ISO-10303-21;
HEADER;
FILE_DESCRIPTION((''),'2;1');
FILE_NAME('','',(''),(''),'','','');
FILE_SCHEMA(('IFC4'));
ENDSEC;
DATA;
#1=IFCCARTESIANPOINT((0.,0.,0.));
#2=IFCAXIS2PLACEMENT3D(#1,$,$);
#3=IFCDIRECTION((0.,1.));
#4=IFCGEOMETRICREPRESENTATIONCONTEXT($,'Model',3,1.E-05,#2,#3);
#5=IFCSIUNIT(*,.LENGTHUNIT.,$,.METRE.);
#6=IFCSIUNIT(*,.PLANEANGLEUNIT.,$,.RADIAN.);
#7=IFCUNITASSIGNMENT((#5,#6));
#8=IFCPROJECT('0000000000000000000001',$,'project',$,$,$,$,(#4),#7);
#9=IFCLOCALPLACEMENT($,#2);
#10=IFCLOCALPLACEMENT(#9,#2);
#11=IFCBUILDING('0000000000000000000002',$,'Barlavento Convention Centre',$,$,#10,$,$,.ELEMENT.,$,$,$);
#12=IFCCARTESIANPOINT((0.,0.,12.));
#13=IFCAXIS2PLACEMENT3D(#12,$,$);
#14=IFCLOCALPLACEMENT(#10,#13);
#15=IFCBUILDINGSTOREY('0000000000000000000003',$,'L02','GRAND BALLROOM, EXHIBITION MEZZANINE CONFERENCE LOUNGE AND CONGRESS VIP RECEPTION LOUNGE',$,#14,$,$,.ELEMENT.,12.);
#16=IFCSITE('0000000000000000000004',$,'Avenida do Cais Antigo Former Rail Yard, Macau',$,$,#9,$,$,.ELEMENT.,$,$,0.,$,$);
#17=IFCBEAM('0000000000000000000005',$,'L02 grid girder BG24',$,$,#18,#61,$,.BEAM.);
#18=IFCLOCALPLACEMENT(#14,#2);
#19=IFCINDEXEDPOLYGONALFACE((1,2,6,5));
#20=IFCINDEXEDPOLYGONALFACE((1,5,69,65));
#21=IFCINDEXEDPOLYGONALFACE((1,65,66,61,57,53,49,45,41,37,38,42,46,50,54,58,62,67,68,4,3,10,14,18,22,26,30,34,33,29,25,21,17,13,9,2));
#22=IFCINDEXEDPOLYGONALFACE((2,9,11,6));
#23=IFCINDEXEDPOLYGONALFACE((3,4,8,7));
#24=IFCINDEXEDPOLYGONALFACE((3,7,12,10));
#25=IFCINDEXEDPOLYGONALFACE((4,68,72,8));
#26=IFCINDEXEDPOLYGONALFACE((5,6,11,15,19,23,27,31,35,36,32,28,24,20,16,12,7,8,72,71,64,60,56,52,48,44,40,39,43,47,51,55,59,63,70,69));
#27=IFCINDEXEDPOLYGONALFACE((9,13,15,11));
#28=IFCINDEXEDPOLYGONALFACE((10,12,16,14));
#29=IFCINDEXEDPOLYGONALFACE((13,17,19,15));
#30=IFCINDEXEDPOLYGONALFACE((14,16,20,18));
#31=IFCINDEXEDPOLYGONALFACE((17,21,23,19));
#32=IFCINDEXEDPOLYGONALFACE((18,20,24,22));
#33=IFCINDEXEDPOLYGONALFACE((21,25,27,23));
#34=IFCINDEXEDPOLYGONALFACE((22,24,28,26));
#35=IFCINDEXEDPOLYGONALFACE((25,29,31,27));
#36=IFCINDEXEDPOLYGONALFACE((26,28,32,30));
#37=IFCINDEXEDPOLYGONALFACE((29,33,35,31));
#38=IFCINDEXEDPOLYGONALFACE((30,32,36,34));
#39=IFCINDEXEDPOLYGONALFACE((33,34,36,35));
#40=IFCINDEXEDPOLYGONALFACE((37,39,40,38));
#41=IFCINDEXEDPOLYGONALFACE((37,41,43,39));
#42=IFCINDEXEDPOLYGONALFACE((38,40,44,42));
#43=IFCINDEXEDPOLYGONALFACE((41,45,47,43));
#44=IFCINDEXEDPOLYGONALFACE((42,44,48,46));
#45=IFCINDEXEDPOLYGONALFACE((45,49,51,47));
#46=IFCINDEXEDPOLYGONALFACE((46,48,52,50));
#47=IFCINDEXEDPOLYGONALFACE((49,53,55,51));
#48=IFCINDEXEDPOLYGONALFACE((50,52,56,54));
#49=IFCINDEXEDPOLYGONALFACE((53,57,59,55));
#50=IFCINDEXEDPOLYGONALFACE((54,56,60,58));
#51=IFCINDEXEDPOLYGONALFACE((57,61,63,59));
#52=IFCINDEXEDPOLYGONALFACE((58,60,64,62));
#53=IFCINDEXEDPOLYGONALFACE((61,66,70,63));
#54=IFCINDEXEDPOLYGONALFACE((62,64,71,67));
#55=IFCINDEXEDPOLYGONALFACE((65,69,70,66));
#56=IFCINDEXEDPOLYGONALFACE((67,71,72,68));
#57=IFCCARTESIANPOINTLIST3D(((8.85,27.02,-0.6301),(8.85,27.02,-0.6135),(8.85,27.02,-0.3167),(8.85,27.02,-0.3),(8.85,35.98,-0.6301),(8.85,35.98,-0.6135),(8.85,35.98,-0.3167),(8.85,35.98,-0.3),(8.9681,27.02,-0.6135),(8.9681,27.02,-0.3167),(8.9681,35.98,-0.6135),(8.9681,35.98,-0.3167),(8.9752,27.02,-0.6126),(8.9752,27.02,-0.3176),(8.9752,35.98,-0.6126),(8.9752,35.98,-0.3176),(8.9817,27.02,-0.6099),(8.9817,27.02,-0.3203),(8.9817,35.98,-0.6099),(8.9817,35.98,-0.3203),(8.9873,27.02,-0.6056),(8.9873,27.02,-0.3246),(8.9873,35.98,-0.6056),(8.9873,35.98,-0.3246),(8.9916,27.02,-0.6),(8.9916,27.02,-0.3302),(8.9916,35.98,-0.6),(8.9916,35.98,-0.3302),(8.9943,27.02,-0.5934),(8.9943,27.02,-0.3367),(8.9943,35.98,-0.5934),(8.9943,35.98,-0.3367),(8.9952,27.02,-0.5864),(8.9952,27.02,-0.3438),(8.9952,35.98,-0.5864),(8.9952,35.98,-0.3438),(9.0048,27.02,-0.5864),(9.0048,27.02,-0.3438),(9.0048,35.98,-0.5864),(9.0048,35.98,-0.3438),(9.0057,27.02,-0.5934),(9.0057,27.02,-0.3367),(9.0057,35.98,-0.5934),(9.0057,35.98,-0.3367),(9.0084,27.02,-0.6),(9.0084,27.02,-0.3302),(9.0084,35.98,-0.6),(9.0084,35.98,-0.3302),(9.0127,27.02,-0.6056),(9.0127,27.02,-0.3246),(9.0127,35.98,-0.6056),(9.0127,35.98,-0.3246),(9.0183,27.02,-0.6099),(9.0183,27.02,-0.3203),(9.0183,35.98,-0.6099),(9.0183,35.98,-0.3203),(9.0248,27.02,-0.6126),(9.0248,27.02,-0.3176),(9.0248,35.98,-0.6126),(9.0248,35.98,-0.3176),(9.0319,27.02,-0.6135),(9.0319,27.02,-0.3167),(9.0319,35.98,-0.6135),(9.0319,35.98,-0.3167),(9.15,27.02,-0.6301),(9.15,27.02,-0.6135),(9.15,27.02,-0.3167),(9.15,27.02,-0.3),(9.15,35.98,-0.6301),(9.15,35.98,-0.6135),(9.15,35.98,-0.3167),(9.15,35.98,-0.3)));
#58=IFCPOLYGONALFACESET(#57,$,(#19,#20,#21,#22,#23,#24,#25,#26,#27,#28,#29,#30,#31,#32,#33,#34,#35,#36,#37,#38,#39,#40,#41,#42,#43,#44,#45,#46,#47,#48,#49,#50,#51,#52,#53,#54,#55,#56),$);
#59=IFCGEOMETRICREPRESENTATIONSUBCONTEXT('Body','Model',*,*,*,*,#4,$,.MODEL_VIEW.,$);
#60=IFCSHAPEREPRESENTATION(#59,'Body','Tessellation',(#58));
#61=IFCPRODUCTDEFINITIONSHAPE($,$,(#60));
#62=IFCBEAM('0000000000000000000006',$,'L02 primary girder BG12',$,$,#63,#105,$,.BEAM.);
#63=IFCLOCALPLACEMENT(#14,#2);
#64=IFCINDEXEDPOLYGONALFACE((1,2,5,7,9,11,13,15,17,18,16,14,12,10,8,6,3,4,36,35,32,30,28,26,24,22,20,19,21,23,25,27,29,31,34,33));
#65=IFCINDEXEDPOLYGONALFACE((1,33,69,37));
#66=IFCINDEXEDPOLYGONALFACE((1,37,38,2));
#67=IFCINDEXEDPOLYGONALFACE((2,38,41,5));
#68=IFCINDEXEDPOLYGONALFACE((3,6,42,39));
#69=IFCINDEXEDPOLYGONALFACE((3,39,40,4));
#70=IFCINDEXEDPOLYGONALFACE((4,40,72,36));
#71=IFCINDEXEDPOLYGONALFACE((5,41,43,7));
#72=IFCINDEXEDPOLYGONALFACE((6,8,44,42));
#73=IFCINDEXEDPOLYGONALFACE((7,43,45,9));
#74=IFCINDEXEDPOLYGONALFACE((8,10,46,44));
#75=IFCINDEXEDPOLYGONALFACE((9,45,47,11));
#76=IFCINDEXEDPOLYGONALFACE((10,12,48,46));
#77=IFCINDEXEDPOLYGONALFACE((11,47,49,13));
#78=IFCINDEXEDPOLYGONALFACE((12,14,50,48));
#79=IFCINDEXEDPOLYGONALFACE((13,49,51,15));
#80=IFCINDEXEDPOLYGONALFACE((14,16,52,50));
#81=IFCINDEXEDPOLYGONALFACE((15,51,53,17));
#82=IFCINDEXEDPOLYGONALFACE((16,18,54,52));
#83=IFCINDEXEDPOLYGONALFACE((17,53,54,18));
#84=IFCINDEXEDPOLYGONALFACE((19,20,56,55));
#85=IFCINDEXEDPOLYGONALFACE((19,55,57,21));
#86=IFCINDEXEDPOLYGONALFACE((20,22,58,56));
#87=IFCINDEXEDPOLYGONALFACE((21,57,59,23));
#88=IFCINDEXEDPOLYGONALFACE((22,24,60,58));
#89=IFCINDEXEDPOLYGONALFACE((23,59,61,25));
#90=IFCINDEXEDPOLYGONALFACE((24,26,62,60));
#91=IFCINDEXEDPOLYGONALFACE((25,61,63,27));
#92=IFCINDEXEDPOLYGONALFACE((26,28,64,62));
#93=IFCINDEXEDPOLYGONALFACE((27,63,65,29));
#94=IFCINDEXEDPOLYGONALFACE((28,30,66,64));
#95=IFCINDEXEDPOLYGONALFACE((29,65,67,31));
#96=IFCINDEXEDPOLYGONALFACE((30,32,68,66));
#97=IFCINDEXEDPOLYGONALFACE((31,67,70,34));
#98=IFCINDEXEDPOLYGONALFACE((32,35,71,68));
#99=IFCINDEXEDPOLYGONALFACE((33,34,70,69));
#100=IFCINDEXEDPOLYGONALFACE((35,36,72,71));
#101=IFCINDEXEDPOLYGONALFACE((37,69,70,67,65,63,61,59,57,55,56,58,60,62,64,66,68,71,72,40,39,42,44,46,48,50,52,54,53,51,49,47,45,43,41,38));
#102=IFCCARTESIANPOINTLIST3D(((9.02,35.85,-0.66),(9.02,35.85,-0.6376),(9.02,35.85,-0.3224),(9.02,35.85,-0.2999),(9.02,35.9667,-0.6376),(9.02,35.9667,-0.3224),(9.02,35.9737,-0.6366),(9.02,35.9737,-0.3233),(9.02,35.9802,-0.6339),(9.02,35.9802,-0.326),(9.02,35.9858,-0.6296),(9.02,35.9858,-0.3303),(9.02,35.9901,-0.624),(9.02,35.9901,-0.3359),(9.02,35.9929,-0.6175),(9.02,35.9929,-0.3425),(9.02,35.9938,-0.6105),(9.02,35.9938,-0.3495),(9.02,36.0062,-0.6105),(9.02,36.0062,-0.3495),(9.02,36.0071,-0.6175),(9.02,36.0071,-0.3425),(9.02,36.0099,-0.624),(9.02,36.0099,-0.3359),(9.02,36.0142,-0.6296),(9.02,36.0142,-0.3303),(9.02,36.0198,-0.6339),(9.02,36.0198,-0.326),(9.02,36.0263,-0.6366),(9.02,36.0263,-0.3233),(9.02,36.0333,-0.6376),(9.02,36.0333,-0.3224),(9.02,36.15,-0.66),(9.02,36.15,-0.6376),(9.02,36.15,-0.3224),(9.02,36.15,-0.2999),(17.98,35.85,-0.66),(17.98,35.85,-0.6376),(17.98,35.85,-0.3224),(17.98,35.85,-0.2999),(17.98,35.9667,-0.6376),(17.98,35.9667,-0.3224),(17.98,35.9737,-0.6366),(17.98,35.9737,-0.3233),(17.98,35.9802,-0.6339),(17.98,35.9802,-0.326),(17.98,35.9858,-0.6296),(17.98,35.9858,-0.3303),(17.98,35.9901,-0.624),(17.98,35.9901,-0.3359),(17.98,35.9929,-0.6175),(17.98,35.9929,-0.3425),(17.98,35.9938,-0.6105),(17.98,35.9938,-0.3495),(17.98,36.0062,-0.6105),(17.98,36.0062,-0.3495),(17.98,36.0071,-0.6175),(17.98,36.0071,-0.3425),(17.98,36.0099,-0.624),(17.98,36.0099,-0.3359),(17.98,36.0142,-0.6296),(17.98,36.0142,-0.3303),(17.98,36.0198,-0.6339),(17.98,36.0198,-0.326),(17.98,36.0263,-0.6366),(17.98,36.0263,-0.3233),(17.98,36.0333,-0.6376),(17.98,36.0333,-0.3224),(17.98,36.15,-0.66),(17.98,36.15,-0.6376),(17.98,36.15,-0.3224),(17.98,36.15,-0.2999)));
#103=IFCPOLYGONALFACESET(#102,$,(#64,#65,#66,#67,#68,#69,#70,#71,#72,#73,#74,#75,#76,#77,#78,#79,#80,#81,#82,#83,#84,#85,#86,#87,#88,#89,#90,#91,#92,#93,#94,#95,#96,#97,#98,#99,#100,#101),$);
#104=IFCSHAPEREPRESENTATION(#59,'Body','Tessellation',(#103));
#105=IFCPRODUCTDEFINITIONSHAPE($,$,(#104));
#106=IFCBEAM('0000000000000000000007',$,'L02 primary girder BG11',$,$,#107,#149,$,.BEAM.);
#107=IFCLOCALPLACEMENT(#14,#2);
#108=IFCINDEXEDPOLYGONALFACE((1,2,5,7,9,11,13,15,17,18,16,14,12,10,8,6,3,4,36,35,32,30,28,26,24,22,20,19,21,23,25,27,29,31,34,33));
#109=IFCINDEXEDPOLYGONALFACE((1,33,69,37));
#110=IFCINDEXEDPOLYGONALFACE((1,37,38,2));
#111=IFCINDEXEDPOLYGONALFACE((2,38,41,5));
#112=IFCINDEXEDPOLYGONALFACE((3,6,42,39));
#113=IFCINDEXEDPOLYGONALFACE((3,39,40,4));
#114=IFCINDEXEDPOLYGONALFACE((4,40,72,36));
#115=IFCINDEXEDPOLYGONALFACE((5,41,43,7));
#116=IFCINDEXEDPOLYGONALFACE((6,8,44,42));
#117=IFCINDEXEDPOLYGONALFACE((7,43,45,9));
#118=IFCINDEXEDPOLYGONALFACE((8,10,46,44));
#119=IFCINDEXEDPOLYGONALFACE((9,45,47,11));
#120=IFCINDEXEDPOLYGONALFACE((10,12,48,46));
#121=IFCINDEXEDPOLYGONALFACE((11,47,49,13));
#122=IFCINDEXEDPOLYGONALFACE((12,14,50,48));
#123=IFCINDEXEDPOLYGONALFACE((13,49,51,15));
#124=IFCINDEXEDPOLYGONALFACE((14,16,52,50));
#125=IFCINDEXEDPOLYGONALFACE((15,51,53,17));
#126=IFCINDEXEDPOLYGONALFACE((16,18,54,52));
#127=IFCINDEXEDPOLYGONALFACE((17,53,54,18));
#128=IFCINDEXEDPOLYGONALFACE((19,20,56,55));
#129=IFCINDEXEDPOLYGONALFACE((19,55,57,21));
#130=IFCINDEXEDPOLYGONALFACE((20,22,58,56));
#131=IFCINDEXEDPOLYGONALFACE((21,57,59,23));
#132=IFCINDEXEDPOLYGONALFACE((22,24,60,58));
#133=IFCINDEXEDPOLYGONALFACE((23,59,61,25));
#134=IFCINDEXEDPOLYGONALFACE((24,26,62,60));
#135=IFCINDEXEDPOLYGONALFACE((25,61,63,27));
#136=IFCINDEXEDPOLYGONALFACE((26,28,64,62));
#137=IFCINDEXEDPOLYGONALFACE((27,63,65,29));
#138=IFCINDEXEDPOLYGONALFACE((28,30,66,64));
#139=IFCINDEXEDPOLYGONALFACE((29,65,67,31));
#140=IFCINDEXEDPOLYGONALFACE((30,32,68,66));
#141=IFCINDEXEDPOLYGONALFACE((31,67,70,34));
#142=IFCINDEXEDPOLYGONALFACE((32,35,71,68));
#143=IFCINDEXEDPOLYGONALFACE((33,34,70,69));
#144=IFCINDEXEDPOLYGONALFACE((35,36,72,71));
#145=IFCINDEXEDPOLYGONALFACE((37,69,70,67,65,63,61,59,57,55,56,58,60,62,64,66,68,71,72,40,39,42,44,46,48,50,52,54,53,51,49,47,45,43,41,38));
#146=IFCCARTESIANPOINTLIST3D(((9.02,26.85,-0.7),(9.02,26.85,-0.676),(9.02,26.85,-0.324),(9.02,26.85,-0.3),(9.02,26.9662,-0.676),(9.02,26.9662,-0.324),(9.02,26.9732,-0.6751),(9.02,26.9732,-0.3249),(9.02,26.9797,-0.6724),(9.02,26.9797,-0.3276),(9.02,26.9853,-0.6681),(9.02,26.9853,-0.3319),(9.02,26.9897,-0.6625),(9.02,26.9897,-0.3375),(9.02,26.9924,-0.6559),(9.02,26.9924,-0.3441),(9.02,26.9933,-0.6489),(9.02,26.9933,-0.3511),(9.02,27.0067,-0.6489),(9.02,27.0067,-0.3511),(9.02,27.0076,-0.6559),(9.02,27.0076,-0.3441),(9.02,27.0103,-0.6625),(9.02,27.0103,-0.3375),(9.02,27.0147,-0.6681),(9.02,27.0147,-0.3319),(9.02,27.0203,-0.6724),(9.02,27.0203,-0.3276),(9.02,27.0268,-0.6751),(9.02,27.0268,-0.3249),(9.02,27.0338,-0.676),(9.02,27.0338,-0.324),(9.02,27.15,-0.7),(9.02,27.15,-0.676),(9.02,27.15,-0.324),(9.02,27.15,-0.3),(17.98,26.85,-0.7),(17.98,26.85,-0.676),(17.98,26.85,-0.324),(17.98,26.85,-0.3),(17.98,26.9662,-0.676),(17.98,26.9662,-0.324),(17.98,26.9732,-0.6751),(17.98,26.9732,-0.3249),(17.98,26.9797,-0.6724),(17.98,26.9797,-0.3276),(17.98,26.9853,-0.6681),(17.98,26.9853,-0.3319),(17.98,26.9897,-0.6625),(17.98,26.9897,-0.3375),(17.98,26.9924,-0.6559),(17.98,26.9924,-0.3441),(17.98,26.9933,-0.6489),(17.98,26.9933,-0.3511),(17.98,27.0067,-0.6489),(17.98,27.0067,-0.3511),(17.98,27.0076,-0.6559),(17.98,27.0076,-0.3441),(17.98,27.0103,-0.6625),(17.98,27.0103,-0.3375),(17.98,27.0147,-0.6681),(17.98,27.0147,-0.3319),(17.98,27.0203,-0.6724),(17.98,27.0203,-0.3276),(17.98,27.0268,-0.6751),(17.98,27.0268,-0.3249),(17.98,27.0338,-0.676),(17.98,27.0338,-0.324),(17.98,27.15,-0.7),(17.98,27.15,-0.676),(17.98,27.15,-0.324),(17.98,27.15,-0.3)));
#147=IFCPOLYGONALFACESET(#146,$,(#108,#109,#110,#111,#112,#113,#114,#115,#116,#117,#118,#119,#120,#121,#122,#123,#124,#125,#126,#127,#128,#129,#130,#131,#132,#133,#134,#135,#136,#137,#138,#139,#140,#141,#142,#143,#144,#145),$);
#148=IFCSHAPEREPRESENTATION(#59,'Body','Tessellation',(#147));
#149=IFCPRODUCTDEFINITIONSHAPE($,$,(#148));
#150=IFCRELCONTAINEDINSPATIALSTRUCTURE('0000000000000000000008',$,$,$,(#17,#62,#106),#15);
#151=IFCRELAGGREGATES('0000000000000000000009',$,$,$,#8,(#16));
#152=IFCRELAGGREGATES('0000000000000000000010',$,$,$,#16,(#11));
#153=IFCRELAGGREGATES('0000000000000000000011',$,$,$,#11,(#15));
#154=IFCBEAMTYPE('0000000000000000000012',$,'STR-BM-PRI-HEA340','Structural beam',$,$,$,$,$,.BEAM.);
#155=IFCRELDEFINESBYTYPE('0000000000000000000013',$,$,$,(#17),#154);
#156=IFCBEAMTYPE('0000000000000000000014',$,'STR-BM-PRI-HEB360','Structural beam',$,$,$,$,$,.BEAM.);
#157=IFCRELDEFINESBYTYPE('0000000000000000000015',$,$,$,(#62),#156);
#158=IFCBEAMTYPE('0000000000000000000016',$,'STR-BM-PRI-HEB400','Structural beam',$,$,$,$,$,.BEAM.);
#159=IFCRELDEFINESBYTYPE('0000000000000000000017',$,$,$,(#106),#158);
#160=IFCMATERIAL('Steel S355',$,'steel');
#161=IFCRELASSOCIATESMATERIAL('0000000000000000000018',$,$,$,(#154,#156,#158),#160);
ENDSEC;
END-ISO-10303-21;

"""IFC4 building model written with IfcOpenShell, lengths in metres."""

from ifc_helpers import new_model, si_unit, direction, frame, origin, origin_2d, place, context, subcontext, project, spatial, i_section, extrude, material, material_profile, profile_set, type_object, element, save


model = new_model("IFC4")

# Units and contexts
model_context = context("Model", 3, precision=1e-05, world=origin(), true_north=direction((0.0, 1.0)))
body_context = subcontext(model_context, "Body", "Model", "MODEL_VIEW")
ifc_project = project(units=[si_unit("LENGTHUNIT", "METRE"), si_unit("PLANEANGLEUNIT", "RADIAN")], contexts=[model_context])

# Site, building, storey
site_placement = place(None, origin())
site = spatial("IfcSite", under=ifc_project, at=site_placement, Name="Avenida do Cais Antigo Former Rail Yard, Macau", CompositionType="ELEMENT", RefElevation=0.0)
building_placement = place(site_placement, origin())
building = spatial("IfcBuilding", under=site, at=building_placement, Name="Barlavento Convention Centre", CompositionType="ELEMENT")
storey_placement = place(building_placement, frame((0.0, 0.0, 12.0)))
storey = spatial("IfcBuildingStorey", under=building, at=storey_placement, Name="L02", Description="GRAND BALLROOM, EXHIBITION MEZZANINE CONFERENCE LOUNGE AND CONGRESS VIP RECEPTION LOUNGE", CompositionType="ELEMENT", Elevation=12.0)

# Shared definitions
ifc_material_1 = material(Name="Steel S355", Category="steel")

# Beams
ifc_material_profile_1 = material_profile(ifc_material_1, i_section(OverallWidth=0.3, OverallDepth=0.3301, WebThickness=0.0095, FlangeThickness=0.0166, FilletRadius=0.0271, at=origin_2d()), Name="HEA 340")
ifc_profile_set_1 = profile_set([ifc_material_profile_1], Name="Steel S355")
beam_type_1 = type_object("IfcBeamType", Name="STR-BM-PRI-HEA340", Description="Structural beam", PredefinedType="BEAM", material=ifc_profile_set_1)
beam_1_placement = place(storey_placement, frame((9.0, 27.02, -0.4651), z_axis=(0.0, 1.0, 0.0), x_axis=(-1.0, 0.0, 0.0)))
element("IfcBeam", 1, at=beam_1_placement, inside=storey, type_object=beam_type_1, Name="L02 grid girder BG24", PredefinedType="BEAM", context=body_context, shape_type="SweptSolid", body=[
    extrude(i_section(OverallWidth=0.3, OverallDepth=0.3301, WebThickness=0.0095, FlangeThickness=0.0166, FilletRadius=0.0271, at=origin_2d()), origin(), (0.0, 0.0, 1.0), 8.96),
])
ifc_material_profile_2 = material_profile(ifc_material_1, i_section(OverallWidth=0.3, OverallDepth=0.3601, WebThickness=0.0125, FlangeThickness=0.0225, FilletRadius=0.0271, at=origin_2d()), Name="HEB 360")
ifc_profile_set_2 = profile_set([ifc_material_profile_2], Name="Steel S355")
beam_type_2 = type_object("IfcBeamType", Name="STR-BM-PRI-HEB360", Description="Structural beam", PredefinedType="BEAM", material=ifc_profile_set_2)
beam_2_placement = place(storey_placement, frame((9.02, 36.0, -0.48), z_axis=(1.0, 0.0, 0.0), x_axis=(0.0, 1.0, 0.0)))
element("IfcBeam", 2, at=beam_2_placement, inside=storey, type_object=beam_type_2, Name="L02 primary girder BG12", PredefinedType="BEAM", context=body_context, shape_type="SweptSolid", body=[
    extrude(i_section(OverallWidth=0.3, OverallDepth=0.3601, WebThickness=0.0125, FlangeThickness=0.0225, FilletRadius=0.0271, at=origin_2d()), origin(), (0.0, 0.0, 1.0), 8.96),
])
ifc_material_profile_3 = material_profile(ifc_material_1, i_section(OverallWidth=0.3, OverallDepth=0.3999, WebThickness=0.0134, FlangeThickness=0.0239, FilletRadius=0.0271, at=origin_2d()), Name="HEB 400")
ifc_profile_set_3 = profile_set([ifc_material_profile_3], Name="Steel S355")
beam_type_3 = type_object("IfcBeamType", Name="STR-BM-PRI-HEB400", Description="Structural beam", PredefinedType="BEAM", material=ifc_profile_set_3)
beam_3_placement = place(storey_placement, frame((9.02, 27.0, -0.5), z_axis=(1.0, 0.0, 0.0), x_axis=(0.0, 1.0, 0.0)))
element("IfcBeam", 3, at=beam_3_placement, inside=storey, type_object=beam_type_3, Name="L02 primary girder BG11", PredefinedType="BEAM", context=body_context, shape_type="SweptSolid", body=[
    extrude(i_section(OverallWidth=0.3, OverallDepth=0.3999, WebThickness=0.0134, FlangeThickness=0.0239, FilletRadius=0.0271, at=origin_2d()), origin(), (0.0, 0.0, 1.0), 8.96),
])

save(model, "model.ifc")
